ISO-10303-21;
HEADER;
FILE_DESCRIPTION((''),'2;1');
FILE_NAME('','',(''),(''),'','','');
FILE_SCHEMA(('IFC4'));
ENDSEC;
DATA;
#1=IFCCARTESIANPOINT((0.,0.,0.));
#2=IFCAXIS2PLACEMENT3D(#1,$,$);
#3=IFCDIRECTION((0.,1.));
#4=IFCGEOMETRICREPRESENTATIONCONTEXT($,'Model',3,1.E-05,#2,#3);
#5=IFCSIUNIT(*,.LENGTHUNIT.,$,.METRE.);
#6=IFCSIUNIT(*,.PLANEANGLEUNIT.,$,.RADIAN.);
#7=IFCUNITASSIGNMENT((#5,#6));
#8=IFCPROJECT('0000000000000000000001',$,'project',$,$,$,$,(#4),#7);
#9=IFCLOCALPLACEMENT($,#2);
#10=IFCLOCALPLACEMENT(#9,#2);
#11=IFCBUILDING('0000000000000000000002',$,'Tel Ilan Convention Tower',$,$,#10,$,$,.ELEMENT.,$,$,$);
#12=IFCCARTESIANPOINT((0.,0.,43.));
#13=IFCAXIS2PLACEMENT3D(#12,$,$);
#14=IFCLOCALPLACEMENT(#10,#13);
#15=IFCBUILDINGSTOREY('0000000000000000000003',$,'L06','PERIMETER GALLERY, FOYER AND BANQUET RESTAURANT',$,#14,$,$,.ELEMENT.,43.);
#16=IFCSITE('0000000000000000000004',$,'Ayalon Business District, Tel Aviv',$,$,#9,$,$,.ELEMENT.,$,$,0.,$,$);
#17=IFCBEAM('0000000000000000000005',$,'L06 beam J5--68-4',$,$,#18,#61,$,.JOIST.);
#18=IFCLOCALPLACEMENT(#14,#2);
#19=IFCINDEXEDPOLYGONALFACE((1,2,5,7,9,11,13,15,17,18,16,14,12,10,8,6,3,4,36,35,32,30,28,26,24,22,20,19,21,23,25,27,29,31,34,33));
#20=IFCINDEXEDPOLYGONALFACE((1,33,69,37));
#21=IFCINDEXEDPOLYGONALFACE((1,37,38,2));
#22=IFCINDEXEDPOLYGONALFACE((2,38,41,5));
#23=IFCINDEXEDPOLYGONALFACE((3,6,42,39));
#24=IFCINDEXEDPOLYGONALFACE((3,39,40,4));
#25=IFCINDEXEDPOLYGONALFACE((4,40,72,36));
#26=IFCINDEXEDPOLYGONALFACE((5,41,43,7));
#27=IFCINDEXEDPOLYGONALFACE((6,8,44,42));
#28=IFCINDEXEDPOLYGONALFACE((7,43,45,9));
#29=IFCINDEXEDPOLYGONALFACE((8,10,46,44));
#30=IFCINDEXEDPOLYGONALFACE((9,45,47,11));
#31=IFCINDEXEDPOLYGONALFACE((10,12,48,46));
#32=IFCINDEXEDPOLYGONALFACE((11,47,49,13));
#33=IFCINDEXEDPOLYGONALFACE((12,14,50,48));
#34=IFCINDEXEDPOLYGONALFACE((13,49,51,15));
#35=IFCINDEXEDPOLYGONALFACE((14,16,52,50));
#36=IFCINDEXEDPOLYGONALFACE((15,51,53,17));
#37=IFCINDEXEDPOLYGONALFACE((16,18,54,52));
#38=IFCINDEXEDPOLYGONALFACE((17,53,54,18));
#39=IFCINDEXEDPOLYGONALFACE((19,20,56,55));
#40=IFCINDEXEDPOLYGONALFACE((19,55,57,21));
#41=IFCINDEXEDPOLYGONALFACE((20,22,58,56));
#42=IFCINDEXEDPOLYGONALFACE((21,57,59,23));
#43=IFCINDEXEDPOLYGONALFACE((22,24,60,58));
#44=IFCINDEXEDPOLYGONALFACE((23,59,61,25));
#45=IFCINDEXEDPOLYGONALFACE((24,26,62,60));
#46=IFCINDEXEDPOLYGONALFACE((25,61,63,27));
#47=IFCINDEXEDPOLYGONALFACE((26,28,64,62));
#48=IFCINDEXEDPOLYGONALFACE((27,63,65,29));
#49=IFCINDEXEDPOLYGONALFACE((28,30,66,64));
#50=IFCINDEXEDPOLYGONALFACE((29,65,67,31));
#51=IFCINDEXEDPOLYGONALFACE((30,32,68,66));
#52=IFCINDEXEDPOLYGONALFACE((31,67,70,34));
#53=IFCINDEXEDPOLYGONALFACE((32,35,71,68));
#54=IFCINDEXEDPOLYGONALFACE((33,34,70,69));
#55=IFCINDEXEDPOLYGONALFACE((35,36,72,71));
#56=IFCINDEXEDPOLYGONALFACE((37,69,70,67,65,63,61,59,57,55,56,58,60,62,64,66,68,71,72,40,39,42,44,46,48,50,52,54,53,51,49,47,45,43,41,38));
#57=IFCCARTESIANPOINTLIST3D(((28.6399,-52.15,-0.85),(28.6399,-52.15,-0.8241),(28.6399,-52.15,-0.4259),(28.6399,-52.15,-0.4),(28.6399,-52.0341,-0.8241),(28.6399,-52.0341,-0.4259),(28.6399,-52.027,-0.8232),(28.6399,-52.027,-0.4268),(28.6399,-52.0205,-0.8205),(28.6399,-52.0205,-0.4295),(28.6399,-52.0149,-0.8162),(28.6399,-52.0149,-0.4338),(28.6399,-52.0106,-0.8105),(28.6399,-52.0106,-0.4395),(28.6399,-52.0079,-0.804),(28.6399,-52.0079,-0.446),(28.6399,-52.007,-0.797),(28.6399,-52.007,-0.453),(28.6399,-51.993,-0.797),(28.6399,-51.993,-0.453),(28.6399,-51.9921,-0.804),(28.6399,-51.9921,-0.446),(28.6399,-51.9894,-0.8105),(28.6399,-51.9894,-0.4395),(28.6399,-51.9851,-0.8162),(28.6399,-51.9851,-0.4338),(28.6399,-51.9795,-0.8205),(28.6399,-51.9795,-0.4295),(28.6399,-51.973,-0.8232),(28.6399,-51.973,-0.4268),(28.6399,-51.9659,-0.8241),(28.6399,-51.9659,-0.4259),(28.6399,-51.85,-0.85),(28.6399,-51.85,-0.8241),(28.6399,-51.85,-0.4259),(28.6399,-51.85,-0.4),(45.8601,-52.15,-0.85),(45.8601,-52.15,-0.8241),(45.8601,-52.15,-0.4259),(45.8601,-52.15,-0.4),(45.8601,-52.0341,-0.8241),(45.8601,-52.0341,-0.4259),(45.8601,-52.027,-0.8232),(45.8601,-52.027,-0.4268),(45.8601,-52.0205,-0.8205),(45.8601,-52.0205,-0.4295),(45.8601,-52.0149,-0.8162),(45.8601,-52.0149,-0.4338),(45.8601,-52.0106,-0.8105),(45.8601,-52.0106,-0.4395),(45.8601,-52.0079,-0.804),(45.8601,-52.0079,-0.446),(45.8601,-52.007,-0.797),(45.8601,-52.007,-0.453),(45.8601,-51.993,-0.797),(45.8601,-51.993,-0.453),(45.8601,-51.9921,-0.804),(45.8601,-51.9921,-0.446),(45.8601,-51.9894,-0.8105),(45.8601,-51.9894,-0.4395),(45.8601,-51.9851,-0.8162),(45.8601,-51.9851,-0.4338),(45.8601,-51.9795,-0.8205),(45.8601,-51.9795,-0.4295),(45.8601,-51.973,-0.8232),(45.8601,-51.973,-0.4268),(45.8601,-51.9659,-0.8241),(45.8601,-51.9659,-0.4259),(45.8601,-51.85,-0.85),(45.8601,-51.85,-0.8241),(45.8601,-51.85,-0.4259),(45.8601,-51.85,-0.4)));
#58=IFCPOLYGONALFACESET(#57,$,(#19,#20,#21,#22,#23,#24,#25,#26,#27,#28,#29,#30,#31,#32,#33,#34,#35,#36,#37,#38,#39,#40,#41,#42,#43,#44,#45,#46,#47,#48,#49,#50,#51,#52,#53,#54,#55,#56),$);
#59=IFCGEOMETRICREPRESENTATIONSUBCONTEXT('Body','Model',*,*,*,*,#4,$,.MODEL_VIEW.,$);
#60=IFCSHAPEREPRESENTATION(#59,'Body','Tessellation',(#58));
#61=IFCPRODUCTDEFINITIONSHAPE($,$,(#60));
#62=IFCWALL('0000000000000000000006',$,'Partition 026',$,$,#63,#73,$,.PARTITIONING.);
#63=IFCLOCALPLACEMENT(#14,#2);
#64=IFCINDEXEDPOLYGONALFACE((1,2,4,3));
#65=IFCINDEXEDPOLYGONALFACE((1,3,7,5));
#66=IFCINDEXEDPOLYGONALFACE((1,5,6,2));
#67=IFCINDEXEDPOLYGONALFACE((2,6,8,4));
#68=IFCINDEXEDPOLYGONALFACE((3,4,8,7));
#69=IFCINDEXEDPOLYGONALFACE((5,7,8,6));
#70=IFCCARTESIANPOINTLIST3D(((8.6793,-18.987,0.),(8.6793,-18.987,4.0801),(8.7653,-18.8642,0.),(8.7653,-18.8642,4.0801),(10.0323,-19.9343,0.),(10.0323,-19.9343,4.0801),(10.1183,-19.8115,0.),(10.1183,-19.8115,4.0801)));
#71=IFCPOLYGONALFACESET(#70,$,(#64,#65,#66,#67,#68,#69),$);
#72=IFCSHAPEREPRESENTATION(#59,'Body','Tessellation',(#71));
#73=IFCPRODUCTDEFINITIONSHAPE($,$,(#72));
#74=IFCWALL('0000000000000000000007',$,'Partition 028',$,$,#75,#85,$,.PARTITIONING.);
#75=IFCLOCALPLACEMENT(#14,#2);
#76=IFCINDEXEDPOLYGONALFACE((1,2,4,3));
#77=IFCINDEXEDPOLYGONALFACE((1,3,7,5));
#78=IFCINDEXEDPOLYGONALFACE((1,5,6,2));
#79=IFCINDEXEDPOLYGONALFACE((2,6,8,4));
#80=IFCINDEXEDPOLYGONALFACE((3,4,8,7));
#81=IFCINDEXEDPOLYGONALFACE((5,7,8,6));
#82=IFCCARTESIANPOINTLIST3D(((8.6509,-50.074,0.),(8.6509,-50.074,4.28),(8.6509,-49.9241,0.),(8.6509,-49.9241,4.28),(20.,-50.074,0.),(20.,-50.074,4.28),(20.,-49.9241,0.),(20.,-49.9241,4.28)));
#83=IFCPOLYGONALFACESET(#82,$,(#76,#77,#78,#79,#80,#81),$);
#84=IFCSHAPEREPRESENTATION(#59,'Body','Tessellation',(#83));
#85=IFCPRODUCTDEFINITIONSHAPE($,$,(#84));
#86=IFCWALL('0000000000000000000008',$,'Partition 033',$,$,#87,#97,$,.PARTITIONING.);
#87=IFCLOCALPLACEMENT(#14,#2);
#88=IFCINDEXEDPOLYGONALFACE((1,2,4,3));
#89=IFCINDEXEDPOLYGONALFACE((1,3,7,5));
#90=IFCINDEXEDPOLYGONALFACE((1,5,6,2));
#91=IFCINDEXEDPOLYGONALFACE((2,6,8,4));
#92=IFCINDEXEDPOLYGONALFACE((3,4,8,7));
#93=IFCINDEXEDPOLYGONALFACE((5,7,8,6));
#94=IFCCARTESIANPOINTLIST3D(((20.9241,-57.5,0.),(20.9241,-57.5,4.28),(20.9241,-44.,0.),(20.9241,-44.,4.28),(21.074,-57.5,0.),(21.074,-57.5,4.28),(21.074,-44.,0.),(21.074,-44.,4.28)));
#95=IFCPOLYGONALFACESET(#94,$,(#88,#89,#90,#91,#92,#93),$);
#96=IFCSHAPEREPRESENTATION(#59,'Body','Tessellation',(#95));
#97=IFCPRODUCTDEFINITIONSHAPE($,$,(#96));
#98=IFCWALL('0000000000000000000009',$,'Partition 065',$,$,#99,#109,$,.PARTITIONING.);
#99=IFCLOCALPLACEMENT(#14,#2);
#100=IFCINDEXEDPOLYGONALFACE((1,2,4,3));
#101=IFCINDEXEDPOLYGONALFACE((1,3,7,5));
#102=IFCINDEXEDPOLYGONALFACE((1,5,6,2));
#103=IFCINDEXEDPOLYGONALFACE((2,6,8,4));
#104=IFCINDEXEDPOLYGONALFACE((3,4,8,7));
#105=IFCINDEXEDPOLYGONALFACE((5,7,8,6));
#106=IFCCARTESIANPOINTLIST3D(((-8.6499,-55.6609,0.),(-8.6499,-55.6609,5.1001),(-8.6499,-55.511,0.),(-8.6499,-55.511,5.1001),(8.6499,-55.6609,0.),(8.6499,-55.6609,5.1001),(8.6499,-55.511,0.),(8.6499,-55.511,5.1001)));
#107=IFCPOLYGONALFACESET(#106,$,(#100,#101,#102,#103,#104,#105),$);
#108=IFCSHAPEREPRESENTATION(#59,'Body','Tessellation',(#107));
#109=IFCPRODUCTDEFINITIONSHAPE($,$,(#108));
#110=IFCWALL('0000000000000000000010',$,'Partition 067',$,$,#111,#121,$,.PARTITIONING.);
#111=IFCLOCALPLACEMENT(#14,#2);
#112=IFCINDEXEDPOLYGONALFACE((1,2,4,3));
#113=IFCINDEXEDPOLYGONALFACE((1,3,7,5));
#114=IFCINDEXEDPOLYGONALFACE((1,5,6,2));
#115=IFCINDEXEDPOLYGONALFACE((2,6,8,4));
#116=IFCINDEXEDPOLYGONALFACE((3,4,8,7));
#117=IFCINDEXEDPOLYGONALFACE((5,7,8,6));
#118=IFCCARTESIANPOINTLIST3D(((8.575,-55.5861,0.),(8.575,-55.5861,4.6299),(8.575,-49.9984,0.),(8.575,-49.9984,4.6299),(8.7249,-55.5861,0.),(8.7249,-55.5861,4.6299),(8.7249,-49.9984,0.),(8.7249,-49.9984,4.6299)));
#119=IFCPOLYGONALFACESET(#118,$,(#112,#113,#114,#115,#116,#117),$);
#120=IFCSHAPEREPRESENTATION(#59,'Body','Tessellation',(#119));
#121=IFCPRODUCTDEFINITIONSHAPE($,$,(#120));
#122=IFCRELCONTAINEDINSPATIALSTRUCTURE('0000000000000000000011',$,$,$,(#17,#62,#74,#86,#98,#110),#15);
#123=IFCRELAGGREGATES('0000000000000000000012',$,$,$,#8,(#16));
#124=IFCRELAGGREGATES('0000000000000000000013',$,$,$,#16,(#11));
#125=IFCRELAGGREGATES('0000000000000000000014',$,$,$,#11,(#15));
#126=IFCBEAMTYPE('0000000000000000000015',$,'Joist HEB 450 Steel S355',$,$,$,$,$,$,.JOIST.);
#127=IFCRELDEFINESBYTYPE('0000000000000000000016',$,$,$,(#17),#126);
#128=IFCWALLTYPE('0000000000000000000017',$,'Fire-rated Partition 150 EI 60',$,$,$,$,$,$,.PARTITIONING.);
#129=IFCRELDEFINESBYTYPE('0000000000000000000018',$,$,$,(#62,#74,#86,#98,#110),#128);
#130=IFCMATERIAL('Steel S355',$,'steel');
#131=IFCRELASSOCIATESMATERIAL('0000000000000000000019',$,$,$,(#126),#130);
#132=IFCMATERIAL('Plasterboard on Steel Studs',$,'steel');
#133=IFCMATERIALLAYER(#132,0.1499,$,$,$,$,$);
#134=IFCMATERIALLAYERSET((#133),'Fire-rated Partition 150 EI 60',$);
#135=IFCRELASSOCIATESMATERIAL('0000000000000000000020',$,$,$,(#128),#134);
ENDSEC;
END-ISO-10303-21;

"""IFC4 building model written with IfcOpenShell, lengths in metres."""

from ifc_helpers import new_model, si_unit, direction, frame, frame_2d, origin, origin_2d, place, context, subcontext, project, spatial, rectangle, i_section, extrude, material, layer, layer_set, material_profile, profile_set, type_object, element, save


model = new_model("IFC4")

# Units and contexts
model_context = context("Model", 3, precision=1e-05, world=origin(), true_north=direction((0.0, 1.0)))
body_context = subcontext(model_context, "Body", "Model", "MODEL_VIEW")
ifc_project = project(units=[si_unit("LENGTHUNIT", "METRE"), si_unit("PLANEANGLEUNIT", "RADIAN")], contexts=[model_context])

# Site, building, storey
site_placement = place(None, origin())
site = spatial("IfcSite", under=ifc_project, at=site_placement, Name="Ayalon Business District, Tel Aviv", CompositionType="ELEMENT", RefElevation=0.0)
building_placement = place(site_placement, origin())
building = spatial("IfcBuilding", under=site, at=building_placement, Name="Tel Ilan Convention Tower", CompositionType="ELEMENT")
storey_placement = place(building_placement, frame((0.0, 0.0, 43.0)))
storey = spatial("IfcBuildingStorey", under=building, at=storey_placement, Name="L06", Description="PERIMETER GALLERY, FOYER AND BANQUET RESTAURANT", CompositionType="ELEMENT", Elevation=43.0)

# Beam
ifc_material_1 = material(Name="Steel S355", Category="steel")
ifc_material_profile_1 = material_profile(ifc_material_1, i_section(OverallWidth=0.3, OverallDepth=0.45, WebThickness=0.0139, FlangeThickness=0.0259, FilletRadius=0.0271, at=origin_2d()), Name="HEB 450")
ifc_profile_set_1 = profile_set([ifc_material_profile_1], Name="Steel S355")
beam_type_1 = type_object("IfcBeamType", Name="Joist HEB 450 Steel S355", PredefinedType="JOIST", material=ifc_profile_set_1)
beam_1_placement = place(storey_placement, frame((28.6399, -52.0, -0.625), z_axis=(1.0, 0.0, 0.0), x_axis=(0.0, 1.0, 0.0)))
element("IfcBeam", 1, at=beam_1_placement, inside=storey, type_object=beam_type_1, Name="L06 beam J5--68-4", PredefinedType="JOIST", context=body_context, shape_type="SweptSolid", body=[
    extrude(i_section(OverallWidth=0.3, OverallDepth=0.45, WebThickness=0.0139, FlangeThickness=0.0259, FilletRadius=0.0271, at=origin_2d()), origin(), (0.0, 0.0, 1.0), 17.2202),
])

# Walls
ifc_material_2 = material(Name="Plasterboard on Steel Studs", Category="steel")
ifc_layer = layer(ifc_material_2, 0.1499)
ifc_layer_set = layer_set([ifc_layer], Name="Fire-rated Partition 150 EI 60")
wall_type = type_object("IfcWallType", Name="Fire-rated Partition 150 EI 60", PredefinedType="PARTITIONING", material=ifc_layer_set)
wall_1_placement = place(storey_placement, frame((10.0752, -19.8728, 0.0), z_axis=(0.0, 0.0, 1.0), x_axis=(-0.81919, 0.573522, 0.0)))
element("IfcWall", 2, at=wall_1_placement, inside=storey, type_object=wall_type, Name="Partition 026", PredefinedType="PARTITIONING", context=body_context, shape_type="SweptSolid", body=[
    extrude(rectangle(XDim=1.6516, YDim=0.1499, at=frame_2d((0.8257, 0.0))), origin(), (0.0, 0.0, 1.0), 4.0801),
])
wall_2_placement = place(storey_placement, frame((20.0, -49.999, 0.0), z_axis=(0.0, 0.0, 1.0), x_axis=(-1.0, 0.0, 0.0)))
element("IfcWall", 3, at=wall_2_placement, inside=storey, type_object=wall_type, Name="Partition 028", PredefinedType="PARTITIONING", context=body_context, shape_type="SweptSolid", body=[
    extrude(rectangle(XDim=11.3491, YDim=0.1499, at=frame_2d((5.6746, 0.0))), origin(), (0.0, 0.0, 1.0), 4.28),
])
wall_3_placement = place(storey_placement, frame((20.999, -44.0, 0.0), z_axis=(0.0, 0.0, 1.0), x_axis=(0.0, -1.0, 0.0)))
element("IfcWall", 4, at=wall_3_placement, inside=storey, type_object=wall_type, Name="Partition 033", PredefinedType="PARTITIONING", context=body_context, shape_type="SweptSolid", body=[
    extrude(rectangle(XDim=13.5, YDim=0.1499, at=frame_2d((6.75, 0.0))), origin(), (0.0, 0.0, 1.0), 4.28),
])
wall_4_placement = place(storey_placement, frame((8.6499, -55.5859, 0.0), z_axis=(0.0, 0.0, 1.0), x_axis=(-1.0, 0.0, 0.0)))
element("IfcWall", 5, at=wall_4_placement, inside=storey, type_object=wall_type, Name="Partition 065", PredefinedType="PARTITIONING", context=body_context, shape_type="SweptSolid", body=[
    extrude(rectangle(XDim=17.2998, YDim=0.1499, at=frame_2d((8.6499, 0.0))), origin(), (0.0, 0.0, 1.0), 5.1001),
])
wall_5_placement = place(storey_placement, frame((8.6499, -49.9983, 0.0), z_axis=(0.0, 0.0, 1.0), x_axis=(0.0, -1.0, 0.0)))
element("IfcWall", 6, at=wall_5_placement, inside=storey, type_object=wall_type, Name="Partition 067", PredefinedType="PARTITIONING", context=body_context, shape_type="SweptSolid", body=[
    extrude(rectangle(XDim=5.5876, YDim=0.1499, at=frame_2d((2.7939, 0.0))), origin(), (0.0, 0.0, 1.0), 4.6299),
])

save(model, "model.ifc")
